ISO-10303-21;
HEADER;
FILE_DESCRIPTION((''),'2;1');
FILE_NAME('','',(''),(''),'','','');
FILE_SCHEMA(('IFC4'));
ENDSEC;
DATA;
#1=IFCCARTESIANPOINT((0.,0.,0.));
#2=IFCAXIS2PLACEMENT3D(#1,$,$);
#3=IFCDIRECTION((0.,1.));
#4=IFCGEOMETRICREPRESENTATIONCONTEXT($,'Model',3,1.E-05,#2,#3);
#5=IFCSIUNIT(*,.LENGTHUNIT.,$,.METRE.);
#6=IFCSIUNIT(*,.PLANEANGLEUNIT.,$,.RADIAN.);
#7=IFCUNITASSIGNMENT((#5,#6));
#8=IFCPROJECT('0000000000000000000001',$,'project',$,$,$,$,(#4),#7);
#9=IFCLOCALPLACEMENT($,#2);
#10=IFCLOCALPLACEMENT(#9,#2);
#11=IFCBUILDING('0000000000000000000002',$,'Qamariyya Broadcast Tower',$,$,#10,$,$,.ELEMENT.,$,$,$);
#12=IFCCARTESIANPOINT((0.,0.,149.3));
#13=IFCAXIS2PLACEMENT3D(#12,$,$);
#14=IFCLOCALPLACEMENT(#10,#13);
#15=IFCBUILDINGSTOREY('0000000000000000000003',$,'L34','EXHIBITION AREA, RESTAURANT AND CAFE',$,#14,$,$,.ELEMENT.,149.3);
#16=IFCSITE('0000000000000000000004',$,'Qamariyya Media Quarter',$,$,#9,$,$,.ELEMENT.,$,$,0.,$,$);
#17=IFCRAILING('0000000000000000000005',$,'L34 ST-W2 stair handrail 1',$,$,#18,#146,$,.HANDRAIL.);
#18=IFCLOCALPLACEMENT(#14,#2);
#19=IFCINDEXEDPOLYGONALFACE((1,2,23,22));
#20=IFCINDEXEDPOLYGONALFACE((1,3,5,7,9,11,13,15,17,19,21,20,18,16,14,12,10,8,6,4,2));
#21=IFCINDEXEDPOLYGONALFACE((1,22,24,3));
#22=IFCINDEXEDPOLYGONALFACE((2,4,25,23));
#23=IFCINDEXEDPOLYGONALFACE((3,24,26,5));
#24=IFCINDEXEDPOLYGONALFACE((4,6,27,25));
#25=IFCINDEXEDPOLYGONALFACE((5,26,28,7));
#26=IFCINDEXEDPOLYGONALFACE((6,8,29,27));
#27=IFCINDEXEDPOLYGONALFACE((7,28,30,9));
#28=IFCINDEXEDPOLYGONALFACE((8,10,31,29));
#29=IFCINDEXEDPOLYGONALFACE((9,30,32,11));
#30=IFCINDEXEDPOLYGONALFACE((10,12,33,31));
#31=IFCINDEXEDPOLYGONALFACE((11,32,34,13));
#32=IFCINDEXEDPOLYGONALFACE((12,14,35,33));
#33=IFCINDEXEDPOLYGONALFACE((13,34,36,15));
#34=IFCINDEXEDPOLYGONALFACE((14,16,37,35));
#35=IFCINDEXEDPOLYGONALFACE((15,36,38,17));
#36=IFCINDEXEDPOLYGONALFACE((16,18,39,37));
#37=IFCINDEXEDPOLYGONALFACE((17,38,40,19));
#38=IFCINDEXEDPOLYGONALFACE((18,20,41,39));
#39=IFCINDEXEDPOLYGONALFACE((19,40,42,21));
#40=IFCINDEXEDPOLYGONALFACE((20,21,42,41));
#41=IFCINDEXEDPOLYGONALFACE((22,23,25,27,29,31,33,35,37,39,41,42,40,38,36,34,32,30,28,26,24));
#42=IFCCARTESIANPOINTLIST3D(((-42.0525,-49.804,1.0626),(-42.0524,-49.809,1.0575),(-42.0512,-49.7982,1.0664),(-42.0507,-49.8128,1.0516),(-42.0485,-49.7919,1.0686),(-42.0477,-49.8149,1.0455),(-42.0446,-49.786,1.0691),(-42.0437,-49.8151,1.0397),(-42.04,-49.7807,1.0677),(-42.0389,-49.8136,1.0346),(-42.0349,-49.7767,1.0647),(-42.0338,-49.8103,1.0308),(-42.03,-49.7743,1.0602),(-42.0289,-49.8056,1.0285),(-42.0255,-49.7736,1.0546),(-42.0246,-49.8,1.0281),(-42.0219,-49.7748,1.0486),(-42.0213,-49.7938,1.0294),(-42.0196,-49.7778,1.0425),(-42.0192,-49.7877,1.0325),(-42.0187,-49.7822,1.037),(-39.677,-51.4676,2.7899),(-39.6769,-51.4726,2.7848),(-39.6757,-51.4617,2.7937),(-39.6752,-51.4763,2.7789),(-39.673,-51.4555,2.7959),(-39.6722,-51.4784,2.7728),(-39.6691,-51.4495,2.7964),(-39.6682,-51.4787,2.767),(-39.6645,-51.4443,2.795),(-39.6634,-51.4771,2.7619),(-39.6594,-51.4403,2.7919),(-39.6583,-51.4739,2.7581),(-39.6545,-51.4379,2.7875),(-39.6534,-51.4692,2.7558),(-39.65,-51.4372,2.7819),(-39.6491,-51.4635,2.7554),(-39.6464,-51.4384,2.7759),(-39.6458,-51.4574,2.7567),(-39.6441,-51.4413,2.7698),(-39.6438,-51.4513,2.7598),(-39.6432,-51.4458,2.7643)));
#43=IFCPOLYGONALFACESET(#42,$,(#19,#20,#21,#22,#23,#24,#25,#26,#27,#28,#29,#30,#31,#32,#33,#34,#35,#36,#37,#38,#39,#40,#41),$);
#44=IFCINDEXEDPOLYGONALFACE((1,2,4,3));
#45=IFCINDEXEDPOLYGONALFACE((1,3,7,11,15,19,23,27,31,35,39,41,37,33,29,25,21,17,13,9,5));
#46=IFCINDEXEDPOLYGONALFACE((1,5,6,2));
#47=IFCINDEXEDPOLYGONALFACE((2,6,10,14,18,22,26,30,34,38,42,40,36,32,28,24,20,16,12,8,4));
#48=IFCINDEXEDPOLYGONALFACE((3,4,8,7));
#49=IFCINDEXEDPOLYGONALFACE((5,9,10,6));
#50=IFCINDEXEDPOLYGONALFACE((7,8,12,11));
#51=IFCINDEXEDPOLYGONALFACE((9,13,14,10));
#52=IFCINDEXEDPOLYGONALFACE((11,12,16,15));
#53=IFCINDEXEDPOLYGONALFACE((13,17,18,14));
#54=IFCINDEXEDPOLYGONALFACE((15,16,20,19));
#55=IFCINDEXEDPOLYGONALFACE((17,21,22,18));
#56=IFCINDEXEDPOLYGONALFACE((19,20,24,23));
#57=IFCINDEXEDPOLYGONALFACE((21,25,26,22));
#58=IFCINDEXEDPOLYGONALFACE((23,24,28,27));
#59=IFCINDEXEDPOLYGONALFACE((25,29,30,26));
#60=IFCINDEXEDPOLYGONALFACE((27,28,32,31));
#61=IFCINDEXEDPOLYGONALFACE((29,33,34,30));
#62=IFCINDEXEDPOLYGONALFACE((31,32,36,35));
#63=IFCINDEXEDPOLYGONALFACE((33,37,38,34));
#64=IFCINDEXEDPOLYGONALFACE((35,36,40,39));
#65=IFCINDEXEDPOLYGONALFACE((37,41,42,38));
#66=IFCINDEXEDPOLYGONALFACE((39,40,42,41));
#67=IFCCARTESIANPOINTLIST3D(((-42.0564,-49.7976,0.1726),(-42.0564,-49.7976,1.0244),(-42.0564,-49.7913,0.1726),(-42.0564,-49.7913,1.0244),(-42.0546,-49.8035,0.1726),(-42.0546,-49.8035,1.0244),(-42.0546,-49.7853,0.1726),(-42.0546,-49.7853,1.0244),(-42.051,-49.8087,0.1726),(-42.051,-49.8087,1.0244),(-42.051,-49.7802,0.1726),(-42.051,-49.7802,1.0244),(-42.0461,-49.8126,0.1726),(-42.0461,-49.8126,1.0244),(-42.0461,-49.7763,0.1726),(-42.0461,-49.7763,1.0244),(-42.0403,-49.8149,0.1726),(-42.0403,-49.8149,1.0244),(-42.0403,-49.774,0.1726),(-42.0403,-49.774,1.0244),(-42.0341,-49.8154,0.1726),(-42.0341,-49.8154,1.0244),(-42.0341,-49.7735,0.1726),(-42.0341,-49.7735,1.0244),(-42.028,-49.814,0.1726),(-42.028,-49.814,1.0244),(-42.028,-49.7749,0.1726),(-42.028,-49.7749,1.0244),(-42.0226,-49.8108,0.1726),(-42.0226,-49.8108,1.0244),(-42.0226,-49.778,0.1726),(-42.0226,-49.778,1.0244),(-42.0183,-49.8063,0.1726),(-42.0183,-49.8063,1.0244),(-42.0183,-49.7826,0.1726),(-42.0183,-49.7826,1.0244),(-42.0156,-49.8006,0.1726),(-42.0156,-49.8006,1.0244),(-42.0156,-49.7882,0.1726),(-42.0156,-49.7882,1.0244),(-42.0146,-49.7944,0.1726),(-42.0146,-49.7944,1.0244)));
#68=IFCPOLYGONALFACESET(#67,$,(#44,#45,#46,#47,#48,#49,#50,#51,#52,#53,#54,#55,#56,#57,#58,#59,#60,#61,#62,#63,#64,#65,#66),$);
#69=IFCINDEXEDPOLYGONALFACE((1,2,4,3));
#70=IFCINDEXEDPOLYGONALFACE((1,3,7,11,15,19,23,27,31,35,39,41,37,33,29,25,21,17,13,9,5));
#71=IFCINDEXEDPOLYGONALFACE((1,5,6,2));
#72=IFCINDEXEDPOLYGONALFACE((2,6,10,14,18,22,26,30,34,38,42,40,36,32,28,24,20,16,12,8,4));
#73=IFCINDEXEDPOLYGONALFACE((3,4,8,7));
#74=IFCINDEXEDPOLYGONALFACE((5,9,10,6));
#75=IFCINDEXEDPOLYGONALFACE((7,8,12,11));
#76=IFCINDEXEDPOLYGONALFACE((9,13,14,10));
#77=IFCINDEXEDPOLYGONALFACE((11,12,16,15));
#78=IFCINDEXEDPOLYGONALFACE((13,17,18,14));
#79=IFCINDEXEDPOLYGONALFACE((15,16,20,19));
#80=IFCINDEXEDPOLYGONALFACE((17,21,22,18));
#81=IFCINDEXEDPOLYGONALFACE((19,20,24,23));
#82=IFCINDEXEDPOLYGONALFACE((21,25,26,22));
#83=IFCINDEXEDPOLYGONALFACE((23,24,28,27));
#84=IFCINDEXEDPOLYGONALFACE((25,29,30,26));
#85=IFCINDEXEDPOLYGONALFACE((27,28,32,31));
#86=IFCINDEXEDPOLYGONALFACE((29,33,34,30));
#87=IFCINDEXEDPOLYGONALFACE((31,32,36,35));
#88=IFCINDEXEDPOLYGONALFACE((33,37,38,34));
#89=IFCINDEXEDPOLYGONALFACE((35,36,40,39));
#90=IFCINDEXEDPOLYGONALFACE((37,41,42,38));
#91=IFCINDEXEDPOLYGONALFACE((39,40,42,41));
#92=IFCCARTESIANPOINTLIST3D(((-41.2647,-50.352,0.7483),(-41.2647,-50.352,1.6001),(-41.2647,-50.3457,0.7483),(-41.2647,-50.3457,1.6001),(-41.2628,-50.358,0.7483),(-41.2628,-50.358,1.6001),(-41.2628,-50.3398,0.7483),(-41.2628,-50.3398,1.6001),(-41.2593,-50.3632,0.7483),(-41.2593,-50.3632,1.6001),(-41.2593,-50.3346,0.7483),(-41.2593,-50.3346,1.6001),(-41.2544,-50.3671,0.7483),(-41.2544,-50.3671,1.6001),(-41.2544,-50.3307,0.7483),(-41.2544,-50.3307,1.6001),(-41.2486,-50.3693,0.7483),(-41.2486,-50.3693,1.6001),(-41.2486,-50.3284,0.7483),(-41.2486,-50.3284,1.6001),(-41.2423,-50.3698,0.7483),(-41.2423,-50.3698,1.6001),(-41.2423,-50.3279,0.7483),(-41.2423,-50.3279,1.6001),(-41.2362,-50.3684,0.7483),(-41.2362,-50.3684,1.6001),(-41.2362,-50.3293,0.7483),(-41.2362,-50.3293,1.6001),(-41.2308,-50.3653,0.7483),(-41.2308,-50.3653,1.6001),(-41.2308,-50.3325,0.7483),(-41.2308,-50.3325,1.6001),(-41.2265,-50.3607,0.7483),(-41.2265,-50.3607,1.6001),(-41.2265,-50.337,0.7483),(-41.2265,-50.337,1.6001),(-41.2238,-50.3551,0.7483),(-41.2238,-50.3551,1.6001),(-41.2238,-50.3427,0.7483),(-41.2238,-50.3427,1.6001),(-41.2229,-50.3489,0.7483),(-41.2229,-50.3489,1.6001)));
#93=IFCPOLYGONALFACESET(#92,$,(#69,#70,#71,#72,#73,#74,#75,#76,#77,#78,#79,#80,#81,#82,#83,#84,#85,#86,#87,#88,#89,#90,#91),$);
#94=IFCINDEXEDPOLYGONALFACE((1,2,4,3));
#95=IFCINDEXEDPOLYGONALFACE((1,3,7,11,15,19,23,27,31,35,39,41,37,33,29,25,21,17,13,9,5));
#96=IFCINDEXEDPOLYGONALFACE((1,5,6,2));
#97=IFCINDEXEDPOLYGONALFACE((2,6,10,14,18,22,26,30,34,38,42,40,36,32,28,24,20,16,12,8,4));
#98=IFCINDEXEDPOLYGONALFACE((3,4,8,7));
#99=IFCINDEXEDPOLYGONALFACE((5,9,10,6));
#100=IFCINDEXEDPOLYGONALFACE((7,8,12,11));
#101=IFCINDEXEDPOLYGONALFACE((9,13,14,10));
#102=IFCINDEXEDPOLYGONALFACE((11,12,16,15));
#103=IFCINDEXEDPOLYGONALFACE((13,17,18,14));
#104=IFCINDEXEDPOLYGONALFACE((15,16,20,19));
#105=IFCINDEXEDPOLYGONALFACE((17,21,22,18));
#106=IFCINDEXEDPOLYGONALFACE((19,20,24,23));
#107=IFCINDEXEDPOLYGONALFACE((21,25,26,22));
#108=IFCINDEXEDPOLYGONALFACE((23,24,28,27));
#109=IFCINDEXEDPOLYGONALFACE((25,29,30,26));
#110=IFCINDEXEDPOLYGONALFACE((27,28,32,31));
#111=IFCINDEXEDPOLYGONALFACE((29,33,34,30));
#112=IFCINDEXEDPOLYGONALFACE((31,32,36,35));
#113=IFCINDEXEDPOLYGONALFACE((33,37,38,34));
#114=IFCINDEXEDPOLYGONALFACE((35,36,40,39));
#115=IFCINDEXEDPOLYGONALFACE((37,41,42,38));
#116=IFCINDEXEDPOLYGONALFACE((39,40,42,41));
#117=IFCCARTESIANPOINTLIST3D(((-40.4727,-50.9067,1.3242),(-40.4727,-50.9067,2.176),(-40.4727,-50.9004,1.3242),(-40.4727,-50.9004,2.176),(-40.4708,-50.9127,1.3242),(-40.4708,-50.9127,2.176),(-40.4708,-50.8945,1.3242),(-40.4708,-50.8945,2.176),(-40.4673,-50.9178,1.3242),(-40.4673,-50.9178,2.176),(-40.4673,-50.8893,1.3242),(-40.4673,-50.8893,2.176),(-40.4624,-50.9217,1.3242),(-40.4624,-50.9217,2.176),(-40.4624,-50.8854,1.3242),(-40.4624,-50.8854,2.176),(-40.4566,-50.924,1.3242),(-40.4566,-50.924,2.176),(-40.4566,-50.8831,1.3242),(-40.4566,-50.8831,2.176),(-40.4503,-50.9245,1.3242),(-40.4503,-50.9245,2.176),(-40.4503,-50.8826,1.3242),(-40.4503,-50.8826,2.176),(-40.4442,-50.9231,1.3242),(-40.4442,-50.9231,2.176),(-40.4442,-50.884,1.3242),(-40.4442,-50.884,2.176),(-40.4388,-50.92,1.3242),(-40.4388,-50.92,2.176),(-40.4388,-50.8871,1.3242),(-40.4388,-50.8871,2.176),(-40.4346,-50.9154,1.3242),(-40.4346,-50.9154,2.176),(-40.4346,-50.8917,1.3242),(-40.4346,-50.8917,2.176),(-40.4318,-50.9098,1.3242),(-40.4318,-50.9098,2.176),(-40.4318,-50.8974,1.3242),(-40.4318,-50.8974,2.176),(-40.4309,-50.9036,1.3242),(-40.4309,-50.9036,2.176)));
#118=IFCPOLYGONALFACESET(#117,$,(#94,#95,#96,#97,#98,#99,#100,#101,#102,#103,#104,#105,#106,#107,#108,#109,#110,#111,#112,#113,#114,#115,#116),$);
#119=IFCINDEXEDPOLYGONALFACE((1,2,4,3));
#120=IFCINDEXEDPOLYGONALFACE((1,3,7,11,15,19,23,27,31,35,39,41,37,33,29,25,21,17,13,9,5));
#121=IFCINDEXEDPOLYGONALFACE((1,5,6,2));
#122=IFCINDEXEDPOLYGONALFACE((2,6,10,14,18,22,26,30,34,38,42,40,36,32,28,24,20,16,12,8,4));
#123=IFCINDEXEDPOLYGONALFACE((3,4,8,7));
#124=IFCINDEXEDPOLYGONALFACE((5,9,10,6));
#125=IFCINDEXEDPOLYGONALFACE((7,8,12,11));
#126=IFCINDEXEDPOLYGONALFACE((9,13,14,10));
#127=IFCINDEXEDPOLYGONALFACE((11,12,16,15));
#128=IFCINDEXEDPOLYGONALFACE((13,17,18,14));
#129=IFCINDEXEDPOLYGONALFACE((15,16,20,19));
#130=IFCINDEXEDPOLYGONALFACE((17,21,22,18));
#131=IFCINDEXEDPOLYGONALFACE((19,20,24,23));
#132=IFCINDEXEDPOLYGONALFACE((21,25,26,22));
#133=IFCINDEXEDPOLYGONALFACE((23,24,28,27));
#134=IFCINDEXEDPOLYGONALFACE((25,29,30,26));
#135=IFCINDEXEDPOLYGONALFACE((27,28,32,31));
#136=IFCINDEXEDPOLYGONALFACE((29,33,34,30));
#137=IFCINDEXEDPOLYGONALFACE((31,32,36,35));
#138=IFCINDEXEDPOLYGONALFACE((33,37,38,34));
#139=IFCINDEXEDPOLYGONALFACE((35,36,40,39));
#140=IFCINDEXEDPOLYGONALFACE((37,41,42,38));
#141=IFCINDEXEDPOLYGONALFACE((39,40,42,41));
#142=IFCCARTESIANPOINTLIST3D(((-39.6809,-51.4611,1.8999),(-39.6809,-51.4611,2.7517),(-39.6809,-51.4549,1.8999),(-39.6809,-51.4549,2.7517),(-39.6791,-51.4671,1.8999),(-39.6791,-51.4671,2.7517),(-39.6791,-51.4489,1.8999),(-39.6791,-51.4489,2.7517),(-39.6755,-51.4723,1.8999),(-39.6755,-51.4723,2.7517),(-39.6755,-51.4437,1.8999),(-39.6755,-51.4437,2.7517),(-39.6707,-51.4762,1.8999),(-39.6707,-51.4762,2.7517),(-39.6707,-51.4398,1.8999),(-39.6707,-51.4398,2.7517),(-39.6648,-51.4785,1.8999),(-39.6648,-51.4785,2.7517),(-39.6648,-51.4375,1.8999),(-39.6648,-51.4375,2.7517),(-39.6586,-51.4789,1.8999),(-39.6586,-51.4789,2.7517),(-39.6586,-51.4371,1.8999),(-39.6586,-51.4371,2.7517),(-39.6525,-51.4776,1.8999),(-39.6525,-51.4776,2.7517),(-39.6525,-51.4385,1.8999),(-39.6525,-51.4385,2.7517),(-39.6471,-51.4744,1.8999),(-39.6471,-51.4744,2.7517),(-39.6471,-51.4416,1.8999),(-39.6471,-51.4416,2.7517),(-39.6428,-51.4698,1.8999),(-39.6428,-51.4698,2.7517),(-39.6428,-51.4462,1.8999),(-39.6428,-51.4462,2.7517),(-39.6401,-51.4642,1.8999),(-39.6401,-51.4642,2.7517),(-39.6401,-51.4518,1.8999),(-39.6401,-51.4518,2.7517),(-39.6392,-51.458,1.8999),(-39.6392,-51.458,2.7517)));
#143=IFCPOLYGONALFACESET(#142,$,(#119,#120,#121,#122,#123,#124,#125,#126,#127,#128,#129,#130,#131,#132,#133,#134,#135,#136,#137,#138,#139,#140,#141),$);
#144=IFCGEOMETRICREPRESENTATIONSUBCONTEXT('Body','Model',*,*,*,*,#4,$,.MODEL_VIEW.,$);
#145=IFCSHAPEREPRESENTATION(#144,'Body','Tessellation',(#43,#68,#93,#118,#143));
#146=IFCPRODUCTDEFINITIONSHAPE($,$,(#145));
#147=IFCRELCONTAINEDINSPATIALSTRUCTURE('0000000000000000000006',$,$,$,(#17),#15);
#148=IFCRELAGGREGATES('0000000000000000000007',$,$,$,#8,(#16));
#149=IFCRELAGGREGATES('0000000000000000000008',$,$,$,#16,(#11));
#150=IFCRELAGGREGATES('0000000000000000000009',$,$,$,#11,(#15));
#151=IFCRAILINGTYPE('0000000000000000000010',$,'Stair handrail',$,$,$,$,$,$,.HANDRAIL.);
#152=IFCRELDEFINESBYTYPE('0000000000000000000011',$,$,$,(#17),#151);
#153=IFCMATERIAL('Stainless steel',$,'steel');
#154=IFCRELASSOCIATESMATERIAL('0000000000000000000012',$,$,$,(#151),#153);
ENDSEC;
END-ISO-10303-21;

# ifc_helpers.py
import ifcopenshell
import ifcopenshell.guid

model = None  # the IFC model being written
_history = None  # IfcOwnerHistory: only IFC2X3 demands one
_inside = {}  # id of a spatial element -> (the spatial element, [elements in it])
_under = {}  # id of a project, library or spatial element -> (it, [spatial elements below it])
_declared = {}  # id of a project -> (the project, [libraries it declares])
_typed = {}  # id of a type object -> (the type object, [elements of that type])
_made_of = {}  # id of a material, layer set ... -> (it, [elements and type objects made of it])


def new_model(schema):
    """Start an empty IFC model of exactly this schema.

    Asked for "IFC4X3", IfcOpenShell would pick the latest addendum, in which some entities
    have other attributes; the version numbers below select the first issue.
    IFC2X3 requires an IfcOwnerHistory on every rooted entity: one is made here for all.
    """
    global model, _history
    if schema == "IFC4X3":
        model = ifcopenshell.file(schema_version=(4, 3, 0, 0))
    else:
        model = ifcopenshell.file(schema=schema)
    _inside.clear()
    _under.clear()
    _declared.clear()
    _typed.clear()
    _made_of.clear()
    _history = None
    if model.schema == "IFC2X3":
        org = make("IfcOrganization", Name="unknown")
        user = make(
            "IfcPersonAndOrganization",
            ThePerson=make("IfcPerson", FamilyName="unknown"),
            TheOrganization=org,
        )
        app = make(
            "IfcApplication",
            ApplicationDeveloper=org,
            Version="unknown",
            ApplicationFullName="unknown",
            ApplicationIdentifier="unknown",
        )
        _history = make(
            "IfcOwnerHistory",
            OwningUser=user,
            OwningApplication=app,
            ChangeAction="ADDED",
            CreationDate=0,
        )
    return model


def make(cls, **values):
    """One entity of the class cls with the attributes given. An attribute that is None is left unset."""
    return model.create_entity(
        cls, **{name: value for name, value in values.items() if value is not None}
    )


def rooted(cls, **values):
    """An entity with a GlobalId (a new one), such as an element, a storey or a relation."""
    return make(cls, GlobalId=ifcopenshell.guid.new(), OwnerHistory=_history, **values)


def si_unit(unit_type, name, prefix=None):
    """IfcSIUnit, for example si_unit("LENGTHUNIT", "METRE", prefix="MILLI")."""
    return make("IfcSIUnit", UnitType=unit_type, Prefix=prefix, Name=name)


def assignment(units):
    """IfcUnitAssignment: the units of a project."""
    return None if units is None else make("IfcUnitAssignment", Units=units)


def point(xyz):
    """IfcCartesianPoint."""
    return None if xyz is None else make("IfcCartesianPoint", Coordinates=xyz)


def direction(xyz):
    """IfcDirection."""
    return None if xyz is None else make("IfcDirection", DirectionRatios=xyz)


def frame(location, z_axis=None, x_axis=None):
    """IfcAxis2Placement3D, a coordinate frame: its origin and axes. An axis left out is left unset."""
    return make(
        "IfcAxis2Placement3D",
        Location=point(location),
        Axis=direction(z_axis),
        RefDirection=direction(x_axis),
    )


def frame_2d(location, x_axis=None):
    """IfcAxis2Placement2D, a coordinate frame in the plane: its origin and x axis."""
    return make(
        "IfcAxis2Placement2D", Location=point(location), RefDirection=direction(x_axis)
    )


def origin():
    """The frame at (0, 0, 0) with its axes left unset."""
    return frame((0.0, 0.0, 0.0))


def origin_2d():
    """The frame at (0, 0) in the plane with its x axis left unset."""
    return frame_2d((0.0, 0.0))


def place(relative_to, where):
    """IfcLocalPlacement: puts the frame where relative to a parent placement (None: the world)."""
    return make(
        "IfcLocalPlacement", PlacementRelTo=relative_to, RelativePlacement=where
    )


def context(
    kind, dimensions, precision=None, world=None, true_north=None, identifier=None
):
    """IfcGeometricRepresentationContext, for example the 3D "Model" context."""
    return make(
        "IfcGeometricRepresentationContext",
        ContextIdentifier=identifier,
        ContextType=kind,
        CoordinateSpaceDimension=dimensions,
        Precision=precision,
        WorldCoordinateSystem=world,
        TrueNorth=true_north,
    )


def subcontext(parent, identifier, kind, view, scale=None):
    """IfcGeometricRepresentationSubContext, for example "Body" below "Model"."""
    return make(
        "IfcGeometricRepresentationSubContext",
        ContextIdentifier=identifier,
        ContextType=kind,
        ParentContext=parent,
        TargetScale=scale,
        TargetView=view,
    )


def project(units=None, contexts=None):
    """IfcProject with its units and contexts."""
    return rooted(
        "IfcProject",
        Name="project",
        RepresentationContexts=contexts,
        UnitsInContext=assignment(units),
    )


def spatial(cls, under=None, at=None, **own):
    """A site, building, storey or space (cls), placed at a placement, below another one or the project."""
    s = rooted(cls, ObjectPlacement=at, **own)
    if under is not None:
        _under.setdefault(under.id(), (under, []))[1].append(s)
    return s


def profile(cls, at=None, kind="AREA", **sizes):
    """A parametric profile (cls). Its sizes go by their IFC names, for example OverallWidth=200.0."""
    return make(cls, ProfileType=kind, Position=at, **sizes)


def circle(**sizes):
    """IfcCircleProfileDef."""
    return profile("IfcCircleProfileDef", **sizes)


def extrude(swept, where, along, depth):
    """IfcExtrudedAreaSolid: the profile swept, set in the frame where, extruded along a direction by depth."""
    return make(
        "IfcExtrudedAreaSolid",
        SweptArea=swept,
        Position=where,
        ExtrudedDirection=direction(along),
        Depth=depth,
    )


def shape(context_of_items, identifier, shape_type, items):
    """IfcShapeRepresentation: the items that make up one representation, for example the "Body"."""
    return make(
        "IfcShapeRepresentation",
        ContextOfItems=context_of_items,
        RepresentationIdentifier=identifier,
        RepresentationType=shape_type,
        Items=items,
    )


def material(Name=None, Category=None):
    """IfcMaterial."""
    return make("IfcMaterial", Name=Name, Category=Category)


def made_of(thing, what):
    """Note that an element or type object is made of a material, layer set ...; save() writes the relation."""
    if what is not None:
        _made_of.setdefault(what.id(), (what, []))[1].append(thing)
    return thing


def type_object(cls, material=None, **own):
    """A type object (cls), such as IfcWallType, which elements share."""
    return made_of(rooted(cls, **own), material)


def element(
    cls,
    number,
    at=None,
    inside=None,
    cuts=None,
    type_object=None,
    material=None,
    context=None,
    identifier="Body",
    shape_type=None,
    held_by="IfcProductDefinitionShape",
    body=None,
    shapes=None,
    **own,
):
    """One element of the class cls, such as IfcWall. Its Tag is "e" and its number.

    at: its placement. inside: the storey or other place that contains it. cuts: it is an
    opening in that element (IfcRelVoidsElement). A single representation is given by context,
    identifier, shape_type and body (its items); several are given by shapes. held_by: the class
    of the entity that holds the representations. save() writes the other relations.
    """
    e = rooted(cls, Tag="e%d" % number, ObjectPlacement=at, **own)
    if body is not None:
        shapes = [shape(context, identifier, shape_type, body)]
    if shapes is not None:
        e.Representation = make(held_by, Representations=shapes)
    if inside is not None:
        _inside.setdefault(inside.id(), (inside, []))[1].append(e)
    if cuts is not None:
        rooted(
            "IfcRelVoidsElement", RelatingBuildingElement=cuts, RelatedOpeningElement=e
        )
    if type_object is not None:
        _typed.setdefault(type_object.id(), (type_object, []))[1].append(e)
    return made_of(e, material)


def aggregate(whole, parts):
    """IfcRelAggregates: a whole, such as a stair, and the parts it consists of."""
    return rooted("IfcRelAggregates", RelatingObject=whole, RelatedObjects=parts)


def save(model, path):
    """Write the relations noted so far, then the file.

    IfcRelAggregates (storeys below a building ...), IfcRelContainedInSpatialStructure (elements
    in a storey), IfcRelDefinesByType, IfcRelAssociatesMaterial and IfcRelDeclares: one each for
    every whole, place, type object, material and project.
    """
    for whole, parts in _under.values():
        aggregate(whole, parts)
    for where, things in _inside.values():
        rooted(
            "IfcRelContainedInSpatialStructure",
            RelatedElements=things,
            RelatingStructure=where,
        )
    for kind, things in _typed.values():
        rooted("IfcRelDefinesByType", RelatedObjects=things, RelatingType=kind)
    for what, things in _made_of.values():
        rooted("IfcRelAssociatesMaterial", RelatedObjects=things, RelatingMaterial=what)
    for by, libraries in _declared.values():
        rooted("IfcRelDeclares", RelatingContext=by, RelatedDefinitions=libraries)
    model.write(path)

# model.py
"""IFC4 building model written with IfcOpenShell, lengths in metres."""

from ifc_helpers import new_model, si_unit, direction, frame, origin, origin_2d, place, context, subcontext, project, spatial, circle, extrude, material, type_object, element, save


model = new_model("IFC4")

# Units and contexts
model_context = context("Model", 3, precision=1e-05, world=origin(), true_north=direction((0.0, 1.0)))
body_context = subcontext(model_context, "Body", "Model", "MODEL_VIEW")
ifc_project = project(units=[si_unit("LENGTHUNIT", "METRE"), si_unit("PLANEANGLEUNIT", "RADIAN")], contexts=[model_context])

# Site, building, storey
site_placement = place(None, origin())
site = spatial("IfcSite", under=ifc_project, at=site_placement, Name="Qamariyya Media Quarter", CompositionType="ELEMENT", RefElevation=0.0)
building_placement = place(site_placement, origin())
building = spatial("IfcBuilding", under=site, at=building_placement, Name="Qamariyya Broadcast Tower", CompositionType="ELEMENT")
storey_placement = place(building_placement, frame((0.0, 0.0, 149.3)))
storey = spatial("IfcBuildingStorey", under=building, at=storey_placement, Name="L34", Description="EXHIBITION AREA, RESTAURANT AND CAFE", CompositionType="ELEMENT", Elevation=149.3)

# Railing
ifc_material_1 = material(Name="Stainless steel", Category="steel")
railing_type_1 = type_object("IfcRailingType", Name="Stair handrail", PredefinedType="HANDRAIL", material=ifc_material_1)
railing_1_placement = place(storey_placement, frame((-42.0356, -49.7944, 0.1726)))
element("IfcRailing", 1, at=railing_1_placement, inside=storey, type_object=railing_type_1, Name="L34 ST-W2 stair handrail 1", PredefinedType="HANDRAIL", context=body_context, shape_type="SweptSolid", body=[
    extrude(circle(Radius=0.0239, at=origin_2d()), frame((0.0, 0.0, 0.876), z_axis=(0.703745, -0.492838, 0.511716), x_axis=(0.573632, 0.819113, 0.0)), (0.0, 0.0, 1.0), 3.3755),
    extrude(circle(Radius=0.021, at=origin_2d()), origin(), (0.0, 0.0, 1.0), 0.8518),
    extrude(circle(Radius=0.021, at=origin_2d()), frame((0.7917, -0.5544, 0.5757)), (0.0, 0.0, 1.0), 0.8518),
    extrude(circle(Radius=0.021, at=origin_2d()), frame((1.5837, -1.1091, 1.1516)), (0.0, 0.0, 1.0), 0.8518),
    extrude(circle(Radius=0.021, at=origin_2d()), frame((2.3755, -1.6636, 1.7273)), (0.0, 0.0, 1.0), 0.8518),
])

save(model, "model.ifc")
